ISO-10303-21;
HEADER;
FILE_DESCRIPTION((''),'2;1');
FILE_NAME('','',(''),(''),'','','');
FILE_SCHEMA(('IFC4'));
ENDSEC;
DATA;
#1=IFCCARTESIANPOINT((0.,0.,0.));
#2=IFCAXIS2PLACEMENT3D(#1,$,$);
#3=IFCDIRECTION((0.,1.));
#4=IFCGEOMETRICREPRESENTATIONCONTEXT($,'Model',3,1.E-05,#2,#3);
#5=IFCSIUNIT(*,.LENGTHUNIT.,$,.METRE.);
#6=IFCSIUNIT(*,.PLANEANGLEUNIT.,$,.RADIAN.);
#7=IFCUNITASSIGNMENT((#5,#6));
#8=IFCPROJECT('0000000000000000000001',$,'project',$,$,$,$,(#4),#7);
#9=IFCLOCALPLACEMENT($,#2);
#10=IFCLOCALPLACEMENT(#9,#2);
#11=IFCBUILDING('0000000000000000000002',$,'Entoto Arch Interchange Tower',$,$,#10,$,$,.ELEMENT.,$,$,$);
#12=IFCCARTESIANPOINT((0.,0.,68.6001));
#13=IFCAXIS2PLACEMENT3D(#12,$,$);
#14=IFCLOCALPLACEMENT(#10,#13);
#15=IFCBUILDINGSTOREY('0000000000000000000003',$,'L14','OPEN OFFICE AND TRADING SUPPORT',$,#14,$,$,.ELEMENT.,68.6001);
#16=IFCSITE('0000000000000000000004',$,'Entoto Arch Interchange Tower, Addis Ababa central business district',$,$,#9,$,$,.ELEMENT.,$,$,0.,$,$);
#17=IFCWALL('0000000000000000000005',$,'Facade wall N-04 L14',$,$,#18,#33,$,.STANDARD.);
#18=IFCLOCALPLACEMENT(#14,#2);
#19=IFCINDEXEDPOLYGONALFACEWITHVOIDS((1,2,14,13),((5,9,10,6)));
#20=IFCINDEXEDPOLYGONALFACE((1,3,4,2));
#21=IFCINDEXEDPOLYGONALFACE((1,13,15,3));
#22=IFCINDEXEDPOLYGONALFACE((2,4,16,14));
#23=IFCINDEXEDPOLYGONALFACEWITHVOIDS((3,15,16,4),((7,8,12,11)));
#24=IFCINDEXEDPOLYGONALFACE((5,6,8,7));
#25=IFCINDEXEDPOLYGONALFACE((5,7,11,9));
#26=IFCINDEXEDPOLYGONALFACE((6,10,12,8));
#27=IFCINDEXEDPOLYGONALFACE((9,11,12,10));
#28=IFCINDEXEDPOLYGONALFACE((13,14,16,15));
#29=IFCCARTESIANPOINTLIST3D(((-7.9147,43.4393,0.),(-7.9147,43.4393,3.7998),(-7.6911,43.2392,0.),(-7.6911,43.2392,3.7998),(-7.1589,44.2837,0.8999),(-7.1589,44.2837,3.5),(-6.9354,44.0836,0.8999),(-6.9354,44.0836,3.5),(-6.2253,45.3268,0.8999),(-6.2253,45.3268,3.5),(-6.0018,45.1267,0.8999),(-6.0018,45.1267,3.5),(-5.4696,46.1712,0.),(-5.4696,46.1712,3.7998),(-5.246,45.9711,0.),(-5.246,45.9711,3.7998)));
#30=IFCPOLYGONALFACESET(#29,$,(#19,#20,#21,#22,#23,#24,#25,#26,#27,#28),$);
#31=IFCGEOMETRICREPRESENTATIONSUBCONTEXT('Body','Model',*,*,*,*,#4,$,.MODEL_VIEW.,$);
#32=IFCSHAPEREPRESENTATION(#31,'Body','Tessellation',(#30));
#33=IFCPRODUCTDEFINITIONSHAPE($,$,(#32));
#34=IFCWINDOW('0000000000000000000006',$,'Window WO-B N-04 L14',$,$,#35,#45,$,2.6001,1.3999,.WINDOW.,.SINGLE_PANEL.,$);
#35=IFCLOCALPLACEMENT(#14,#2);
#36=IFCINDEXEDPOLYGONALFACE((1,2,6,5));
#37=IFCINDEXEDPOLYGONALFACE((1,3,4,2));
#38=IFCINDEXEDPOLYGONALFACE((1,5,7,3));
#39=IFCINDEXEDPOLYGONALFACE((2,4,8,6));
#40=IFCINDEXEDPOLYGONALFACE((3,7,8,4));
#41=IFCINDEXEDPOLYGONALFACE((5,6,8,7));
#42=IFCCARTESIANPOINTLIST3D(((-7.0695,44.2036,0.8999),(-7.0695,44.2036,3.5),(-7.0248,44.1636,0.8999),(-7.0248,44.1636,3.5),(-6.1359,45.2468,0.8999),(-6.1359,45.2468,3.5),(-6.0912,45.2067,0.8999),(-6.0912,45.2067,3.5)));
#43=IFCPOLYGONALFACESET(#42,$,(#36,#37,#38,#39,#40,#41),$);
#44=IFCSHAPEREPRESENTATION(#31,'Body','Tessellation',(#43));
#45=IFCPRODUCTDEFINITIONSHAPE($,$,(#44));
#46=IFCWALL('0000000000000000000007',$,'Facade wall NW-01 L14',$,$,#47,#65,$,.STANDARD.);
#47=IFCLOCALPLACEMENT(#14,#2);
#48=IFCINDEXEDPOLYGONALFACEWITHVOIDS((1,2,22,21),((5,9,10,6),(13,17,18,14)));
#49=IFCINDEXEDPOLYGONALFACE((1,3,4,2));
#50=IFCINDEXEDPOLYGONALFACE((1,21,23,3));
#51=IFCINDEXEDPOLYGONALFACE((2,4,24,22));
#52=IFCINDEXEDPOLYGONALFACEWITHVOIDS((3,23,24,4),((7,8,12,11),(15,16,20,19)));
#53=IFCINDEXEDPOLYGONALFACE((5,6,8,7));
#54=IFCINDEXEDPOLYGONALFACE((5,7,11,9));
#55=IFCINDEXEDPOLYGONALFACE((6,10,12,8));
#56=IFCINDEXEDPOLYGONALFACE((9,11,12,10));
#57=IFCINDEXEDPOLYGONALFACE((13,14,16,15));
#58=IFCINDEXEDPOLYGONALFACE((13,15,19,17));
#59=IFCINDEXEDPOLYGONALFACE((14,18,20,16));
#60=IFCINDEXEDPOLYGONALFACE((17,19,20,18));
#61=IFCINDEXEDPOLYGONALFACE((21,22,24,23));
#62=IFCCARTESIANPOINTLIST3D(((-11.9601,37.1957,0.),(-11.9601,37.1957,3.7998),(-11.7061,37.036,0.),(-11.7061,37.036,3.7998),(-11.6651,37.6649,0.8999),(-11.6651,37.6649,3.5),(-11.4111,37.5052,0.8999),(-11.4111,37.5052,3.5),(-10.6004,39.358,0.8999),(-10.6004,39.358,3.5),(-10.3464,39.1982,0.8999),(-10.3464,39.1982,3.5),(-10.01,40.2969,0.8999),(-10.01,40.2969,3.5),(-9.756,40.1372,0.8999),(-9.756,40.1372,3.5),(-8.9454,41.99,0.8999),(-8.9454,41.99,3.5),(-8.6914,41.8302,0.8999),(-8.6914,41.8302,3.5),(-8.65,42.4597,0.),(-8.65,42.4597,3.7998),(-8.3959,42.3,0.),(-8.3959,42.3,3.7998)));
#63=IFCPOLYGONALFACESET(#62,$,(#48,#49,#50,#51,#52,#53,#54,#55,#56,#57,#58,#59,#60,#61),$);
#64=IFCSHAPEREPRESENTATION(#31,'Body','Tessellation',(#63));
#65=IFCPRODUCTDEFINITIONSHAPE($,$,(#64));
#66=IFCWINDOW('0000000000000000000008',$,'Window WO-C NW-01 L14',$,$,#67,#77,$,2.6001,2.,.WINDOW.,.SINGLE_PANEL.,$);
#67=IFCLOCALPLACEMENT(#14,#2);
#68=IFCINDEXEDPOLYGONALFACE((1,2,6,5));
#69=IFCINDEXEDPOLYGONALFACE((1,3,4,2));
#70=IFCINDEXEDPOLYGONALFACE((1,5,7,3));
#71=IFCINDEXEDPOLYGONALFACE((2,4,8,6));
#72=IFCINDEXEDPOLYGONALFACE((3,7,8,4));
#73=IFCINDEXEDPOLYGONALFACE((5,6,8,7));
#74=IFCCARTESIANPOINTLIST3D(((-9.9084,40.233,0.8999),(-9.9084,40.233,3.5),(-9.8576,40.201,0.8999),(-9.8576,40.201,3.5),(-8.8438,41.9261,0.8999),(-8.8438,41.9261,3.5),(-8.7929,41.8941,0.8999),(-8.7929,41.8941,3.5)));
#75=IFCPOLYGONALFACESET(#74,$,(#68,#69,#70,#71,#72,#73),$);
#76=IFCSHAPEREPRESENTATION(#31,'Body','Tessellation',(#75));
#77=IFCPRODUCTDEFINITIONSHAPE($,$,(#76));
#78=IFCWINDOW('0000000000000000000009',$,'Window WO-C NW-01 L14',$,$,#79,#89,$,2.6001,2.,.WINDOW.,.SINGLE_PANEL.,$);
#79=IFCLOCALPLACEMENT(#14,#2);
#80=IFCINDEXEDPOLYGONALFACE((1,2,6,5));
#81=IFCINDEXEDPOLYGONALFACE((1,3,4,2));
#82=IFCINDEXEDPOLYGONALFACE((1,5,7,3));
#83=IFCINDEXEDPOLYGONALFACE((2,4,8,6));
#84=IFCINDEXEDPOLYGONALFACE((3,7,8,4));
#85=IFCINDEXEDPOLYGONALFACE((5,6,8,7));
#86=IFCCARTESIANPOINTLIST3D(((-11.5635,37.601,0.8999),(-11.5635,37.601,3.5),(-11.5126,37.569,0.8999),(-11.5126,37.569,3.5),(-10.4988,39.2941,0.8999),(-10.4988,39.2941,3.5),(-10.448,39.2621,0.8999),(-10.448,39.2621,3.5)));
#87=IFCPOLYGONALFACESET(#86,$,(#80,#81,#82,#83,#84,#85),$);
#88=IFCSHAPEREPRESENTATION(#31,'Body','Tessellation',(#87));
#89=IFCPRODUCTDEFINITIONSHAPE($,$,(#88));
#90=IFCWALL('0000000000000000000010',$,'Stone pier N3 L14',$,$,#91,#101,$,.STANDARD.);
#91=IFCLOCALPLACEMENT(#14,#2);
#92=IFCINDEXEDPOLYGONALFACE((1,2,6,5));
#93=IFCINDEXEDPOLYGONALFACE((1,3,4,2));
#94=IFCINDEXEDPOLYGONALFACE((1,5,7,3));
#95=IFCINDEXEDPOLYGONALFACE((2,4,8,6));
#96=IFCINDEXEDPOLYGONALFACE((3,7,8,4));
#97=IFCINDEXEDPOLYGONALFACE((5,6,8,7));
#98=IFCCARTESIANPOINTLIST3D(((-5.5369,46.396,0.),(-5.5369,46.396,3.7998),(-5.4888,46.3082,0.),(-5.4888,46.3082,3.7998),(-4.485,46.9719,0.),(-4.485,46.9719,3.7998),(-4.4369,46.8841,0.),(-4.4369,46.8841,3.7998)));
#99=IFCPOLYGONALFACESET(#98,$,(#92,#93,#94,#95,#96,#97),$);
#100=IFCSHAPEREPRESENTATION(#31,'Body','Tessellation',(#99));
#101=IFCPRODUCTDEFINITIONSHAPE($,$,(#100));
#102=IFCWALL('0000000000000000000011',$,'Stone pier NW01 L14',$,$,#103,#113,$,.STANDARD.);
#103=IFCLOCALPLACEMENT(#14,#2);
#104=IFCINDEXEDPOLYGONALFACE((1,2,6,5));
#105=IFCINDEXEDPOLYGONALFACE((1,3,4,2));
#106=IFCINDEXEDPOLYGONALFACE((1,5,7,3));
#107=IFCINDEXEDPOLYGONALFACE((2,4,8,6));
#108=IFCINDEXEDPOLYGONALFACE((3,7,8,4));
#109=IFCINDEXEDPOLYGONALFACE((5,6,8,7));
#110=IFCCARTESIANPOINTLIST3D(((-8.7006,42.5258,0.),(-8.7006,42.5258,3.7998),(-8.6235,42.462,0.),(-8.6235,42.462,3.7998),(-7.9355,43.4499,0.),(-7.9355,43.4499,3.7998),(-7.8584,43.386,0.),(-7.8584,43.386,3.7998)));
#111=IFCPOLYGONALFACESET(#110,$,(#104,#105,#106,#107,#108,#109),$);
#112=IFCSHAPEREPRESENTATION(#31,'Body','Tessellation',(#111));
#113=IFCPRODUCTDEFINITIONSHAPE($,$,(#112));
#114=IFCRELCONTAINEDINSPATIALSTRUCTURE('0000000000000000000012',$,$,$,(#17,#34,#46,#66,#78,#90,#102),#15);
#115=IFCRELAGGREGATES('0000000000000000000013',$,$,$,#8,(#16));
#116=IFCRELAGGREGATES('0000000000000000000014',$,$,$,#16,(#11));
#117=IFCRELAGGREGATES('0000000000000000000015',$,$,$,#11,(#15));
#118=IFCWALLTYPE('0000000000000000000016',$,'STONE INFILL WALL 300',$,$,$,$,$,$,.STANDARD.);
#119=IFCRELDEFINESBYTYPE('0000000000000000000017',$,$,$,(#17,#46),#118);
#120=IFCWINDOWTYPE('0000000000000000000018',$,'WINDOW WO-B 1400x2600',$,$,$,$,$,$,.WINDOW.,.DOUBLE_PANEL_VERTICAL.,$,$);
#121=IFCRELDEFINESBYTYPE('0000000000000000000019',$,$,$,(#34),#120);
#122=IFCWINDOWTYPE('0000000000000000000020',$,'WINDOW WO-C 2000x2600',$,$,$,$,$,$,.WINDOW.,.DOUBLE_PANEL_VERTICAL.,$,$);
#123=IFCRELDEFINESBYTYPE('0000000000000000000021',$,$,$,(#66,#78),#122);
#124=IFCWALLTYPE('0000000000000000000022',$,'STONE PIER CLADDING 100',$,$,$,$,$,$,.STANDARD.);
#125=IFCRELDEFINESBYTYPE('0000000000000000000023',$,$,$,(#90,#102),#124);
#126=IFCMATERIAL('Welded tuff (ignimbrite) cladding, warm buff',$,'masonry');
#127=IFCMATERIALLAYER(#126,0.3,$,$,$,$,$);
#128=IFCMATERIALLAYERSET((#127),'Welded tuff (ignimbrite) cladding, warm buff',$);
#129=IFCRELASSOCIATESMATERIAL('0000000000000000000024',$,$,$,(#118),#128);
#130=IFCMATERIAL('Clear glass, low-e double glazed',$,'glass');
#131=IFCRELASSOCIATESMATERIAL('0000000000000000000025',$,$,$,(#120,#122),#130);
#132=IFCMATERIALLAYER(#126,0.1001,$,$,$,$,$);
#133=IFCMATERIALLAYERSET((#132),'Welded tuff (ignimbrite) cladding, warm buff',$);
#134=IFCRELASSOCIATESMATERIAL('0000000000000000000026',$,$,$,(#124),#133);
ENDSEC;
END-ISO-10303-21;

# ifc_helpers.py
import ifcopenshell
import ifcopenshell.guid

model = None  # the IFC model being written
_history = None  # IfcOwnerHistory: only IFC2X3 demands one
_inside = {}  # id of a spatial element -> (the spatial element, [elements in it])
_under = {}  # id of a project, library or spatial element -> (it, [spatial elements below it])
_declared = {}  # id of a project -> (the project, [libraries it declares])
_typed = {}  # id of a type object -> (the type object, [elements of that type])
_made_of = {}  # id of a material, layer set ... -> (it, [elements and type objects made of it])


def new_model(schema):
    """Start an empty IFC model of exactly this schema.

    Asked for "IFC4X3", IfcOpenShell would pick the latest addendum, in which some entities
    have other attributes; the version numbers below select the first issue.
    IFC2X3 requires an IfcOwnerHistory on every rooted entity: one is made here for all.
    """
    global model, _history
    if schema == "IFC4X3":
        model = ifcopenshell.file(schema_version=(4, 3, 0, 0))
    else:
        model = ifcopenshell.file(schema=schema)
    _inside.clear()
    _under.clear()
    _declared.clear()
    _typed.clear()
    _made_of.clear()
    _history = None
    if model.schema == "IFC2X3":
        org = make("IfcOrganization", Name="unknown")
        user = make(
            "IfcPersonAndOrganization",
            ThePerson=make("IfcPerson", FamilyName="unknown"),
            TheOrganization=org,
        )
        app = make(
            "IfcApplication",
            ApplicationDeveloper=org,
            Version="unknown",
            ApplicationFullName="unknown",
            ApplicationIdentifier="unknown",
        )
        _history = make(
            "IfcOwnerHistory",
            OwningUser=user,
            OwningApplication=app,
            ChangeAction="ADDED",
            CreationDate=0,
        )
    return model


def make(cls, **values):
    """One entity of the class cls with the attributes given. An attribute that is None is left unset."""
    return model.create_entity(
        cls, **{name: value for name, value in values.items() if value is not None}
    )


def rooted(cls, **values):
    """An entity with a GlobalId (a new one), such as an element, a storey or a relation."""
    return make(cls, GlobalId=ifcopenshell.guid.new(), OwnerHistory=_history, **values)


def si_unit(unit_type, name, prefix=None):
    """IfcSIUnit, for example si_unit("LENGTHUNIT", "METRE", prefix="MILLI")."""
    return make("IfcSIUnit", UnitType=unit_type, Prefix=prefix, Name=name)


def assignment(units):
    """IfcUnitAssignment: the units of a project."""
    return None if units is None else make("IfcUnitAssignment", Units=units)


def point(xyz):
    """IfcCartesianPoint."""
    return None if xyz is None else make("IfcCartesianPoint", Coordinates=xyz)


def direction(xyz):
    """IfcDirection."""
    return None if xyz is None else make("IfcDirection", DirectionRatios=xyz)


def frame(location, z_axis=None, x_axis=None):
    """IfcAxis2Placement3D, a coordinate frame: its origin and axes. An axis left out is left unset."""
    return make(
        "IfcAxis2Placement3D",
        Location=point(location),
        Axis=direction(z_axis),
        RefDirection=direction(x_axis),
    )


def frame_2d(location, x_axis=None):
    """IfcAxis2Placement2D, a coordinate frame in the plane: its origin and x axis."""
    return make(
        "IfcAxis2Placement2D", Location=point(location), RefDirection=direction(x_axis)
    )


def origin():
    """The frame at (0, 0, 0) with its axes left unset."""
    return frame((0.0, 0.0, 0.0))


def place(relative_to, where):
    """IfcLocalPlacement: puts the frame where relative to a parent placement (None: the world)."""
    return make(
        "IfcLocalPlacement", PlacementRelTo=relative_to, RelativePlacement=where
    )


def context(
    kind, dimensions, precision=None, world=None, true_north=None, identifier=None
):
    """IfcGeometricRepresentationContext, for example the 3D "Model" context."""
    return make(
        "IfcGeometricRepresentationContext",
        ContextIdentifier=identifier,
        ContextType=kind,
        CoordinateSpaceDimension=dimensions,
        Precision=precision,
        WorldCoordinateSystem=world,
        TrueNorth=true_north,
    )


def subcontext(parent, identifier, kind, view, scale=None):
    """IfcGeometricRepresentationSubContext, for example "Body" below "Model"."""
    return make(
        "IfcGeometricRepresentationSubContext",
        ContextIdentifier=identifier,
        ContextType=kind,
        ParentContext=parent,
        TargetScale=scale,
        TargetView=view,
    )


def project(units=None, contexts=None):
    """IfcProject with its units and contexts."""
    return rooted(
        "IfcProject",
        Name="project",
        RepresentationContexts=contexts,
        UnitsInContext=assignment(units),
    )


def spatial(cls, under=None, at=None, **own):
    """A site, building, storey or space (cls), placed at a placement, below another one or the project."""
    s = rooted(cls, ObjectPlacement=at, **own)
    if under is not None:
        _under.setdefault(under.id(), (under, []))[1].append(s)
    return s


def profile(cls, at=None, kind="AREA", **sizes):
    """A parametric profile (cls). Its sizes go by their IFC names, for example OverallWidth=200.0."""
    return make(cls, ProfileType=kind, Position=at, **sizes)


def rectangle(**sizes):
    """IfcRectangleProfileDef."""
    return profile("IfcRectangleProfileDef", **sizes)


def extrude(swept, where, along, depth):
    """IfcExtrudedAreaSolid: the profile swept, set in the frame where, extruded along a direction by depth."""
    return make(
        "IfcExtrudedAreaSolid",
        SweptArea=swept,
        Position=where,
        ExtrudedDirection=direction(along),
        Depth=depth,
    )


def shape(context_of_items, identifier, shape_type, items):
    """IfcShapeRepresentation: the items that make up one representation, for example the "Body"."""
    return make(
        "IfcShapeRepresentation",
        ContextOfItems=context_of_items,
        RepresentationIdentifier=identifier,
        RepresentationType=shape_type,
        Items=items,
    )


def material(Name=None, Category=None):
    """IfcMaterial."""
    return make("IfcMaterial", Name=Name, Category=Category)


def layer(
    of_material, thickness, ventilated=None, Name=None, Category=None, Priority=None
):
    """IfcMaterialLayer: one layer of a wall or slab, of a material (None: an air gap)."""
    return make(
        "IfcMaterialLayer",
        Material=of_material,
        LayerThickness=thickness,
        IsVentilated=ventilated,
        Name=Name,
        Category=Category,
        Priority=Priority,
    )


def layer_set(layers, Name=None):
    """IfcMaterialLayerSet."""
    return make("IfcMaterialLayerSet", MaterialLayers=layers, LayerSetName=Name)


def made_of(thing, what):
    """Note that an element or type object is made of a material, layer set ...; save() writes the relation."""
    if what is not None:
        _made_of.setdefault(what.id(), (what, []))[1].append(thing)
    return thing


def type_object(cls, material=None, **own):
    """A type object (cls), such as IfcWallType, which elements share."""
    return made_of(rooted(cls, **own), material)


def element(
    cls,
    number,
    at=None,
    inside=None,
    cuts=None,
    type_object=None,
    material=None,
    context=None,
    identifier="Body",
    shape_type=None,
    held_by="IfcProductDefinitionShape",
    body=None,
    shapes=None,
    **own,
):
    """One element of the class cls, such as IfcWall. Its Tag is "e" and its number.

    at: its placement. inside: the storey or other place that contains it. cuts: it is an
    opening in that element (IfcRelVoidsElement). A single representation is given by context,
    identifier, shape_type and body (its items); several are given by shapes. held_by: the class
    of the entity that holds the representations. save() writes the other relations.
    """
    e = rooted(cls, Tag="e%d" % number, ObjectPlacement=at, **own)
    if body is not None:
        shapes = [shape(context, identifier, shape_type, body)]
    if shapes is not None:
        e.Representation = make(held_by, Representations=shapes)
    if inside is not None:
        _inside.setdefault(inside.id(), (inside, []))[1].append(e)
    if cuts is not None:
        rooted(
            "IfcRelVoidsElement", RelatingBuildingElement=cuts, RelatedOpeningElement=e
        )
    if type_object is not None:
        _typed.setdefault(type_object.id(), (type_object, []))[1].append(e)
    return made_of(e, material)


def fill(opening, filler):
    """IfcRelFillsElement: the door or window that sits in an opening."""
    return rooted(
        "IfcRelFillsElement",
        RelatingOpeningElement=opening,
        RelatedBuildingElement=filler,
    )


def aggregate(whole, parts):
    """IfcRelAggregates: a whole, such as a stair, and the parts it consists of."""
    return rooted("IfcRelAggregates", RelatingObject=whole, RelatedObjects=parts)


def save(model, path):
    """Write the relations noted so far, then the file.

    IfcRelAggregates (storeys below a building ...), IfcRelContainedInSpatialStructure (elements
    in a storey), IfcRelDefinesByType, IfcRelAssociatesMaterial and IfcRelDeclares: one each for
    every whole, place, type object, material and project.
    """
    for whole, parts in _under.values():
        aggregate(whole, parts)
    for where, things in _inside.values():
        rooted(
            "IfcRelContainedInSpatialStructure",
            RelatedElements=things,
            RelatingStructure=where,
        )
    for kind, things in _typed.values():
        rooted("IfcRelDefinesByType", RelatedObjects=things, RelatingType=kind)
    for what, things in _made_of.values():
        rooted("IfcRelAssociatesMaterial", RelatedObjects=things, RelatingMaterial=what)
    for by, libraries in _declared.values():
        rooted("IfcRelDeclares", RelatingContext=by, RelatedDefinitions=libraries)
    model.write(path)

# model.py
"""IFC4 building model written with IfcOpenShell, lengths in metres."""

from ifc_helpers import new_model, si_unit, direction, frame, frame_2d, origin, place, context, subcontext, project, spatial, rectangle, extrude, material, layer, layer_set, type_object, element, fill, save


model = new_model("IFC4")

# Units and contexts
model_context = context("Model", 3, precision=1e-05, world=origin(), true_north=direction((0.0, 1.0)))
body_context = subcontext(model_context, "Body", "Model", "MODEL_VIEW")
ifc_project = project(units=[si_unit("LENGTHUNIT", "METRE"), si_unit("PLANEANGLEUNIT", "RADIAN")], contexts=[model_context])

# Site, building, storey
site_placement = place(None, origin())
site = spatial("IfcSite", under=ifc_project, at=site_placement, Name="Entoto Arch Interchange Tower, Addis Ababa central business district", CompositionType="ELEMENT", RefElevation=0.0)
building_placement = place(site_placement, origin())
building = spatial("IfcBuilding", under=site, at=building_placement, Name="Entoto Arch Interchange Tower", CompositionType="ELEMENT")
storey_placement = place(building_placement, frame((0.0, 0.0, 68.6001)))
storey = spatial("IfcBuildingStorey", under=building, at=storey_placement, Name="L14", Description="OPEN OFFICE AND TRADING SUPPORT", CompositionType="ELEMENT", Elevation=68.6001)

# Wall, opening, window
ifc_material_1 = material(Name="Welded tuff (ignimbrite) cladding, warm buff", Category="masonry")
ifc_layer_1 = layer(ifc_material_1, 0.3)
ifc_layer_set_1 = layer_set([ifc_layer_1], Name="Welded tuff (ignimbrite) cladding, warm buff")
wall_type_1 = type_object("IfcWallType", Name="STONE INFILL WALL 300", PredefinedType="STANDARD", material=ifc_layer_set_1)
ifc_material_2 = material(Name="Clear glass, low-e double glazed", Category="glass")
window_type_1 = type_object("IfcWindowType", Name="WINDOW WO-B 1400x2600", PartitioningType="DOUBLE_PANEL_VERTICAL", PredefinedType="WINDOW", material=ifc_material_2)
wall_1_placement = place(storey_placement, frame((-5.3579, 46.071, 0.0), z_axis=(0.0, 0.0, 1.0), x_axis=(-0.666902, -0.745146, 0.0)))
wall_1 = element("IfcWall", 1, at=wall_1_placement, inside=storey, type_object=wall_type_1, Name="Facade wall N-04 L14", PredefinedType="STANDARD", context=body_context, shape_type="SweptSolid", body=[
    extrude(rectangle(XDim=3.6663, YDim=0.3, at=frame_2d((1.833, 0.0))), origin(), (0.0, 0.0, 1.0), 3.7998),
])
opening_1_placement = place(wall_1_placement, frame((1.1331, 0.0, 0.8999)))
opening_1 = element("IfcOpeningElement", 2, at=opening_1_placement, cuts=wall_1, PredefinedType="OPENING", context=body_context, shape_type="SweptSolid", body=[
    extrude(rectangle(XDim=1.3999, YDim=2.6001, at=frame_2d((0.7, 1.3))), frame((0.0, 0.1602, 0.0), z_axis=(0.0, -1.0, 0.0), x_axis=(1.0, 0.0, 0.0)), (0.0, 0.0, 1.0), 0.3201),
])
window_1_placement = place(opening_1_placement, origin())
window_1 = element("IfcWindow", 3, at=window_1_placement, inside=storey, type_object=window_type_1, Name="Window WO-B N-04 L14", OverallHeight=2.6001, OverallWidth=1.3999, PartitioningType="SINGLE_PANEL", PredefinedType="WINDOW", context=body_context, shape_type="SweptSolid", body=[
    extrude(rectangle(XDim=1.3999, YDim=2.6001, at=frame_2d((0.7, 1.3))), frame((0.0, 0.03, 0.0), z_axis=(0.0, -1.0, 0.0), x_axis=(1.0, 0.0, 0.0)), (0.0, 0.0, 1.0), 0.0601),
])
fill(opening_1, window_1)

# Wall, openings, windows
wall_2_placement = place(storey_placement, frame((-8.5229, 42.3799, 0.0), z_axis=(0.0, 0.0, 1.0), x_axis=(-0.532323, -0.846542, 0.0)))
wall_2 = element("IfcWall", 4, at=wall_2_placement, inside=storey, type_object=wall_type_1, Name="Facade wall NW-01 L14", PredefinedType="STANDARD", context=body_context, shape_type="SweptSolid", body=[
    extrude(rectangle(XDim=6.2183, YDim=0.3, at=frame_2d((3.1091, 0.0))), origin(), (0.0, 0.0, 1.0), 3.7998),
])
opening_2_placement = place(wall_2_placement, frame((0.5549, 0.0, 0.8999)))
opening_2 = element("IfcOpeningElement", 5, at=opening_2_placement, cuts=wall_2, PredefinedType="OPENING", context=body_context, shape_type="SweptSolid", body=[
    extrude(rectangle(XDim=2.0, YDim=2.6001, at=frame_2d((1.0, 1.3))), frame((0.0, 0.1602, 0.0), z_axis=(0.0, -1.0, 0.0), x_axis=(1.0, 0.0, 0.0)), (0.0, 0.0, 1.0), 0.3201),
])
opening_3_placement = place(wall_2_placement, frame((3.6641, 0.0, 0.8999)))
opening_3 = element("IfcOpeningElement", 6, at=opening_3_placement, cuts=wall_2, PredefinedType="OPENING", context=body_context, shape_type="SweptSolid", body=[
    extrude(rectangle(XDim=2.0, YDim=2.6001, at=frame_2d((1.0, 1.3))), frame((0.0, 0.1602, 0.0), z_axis=(0.0, -1.0, 0.0), x_axis=(1.0, 0.0, 0.0)), (0.0, 0.0, 1.0), 0.3201),
])
window_type_2 = type_object("IfcWindowType", Name="WINDOW WO-C 2000x2600", PartitioningType="DOUBLE_PANEL_VERTICAL", PredefinedType="WINDOW", material=ifc_material_2)
window_2_placement = place(opening_2_placement, origin())
window_2 = element("IfcWindow", 7, at=window_2_placement, inside=storey, type_object=window_type_2, Name="Window WO-C NW-01 L14", OverallHeight=2.6001, OverallWidth=2.0, PartitioningType="SINGLE_PANEL", PredefinedType="WINDOW", context=body_context, shape_type="SweptSolid", body=[
    extrude(rectangle(XDim=2.0, YDim=2.6001, at=frame_2d((1.0, 1.3))), frame((0.0, 0.03, 0.0), z_axis=(0.0, -1.0, 0.0), x_axis=(1.0, 0.0, 0.0)), (0.0, 0.0, 1.0), 0.0601),
])
fill(opening_2, window_2)
window_3_placement = place(opening_3_placement, origin())
window_3 = element("IfcWindow", 8, at=window_3_placement, inside=storey, type_object=window_type_2, Name="Window WO-C NW-01 L14", OverallHeight=2.6001, OverallWidth=2.0, PartitioningType="SINGLE_PANEL", PredefinedType="WINDOW", context=body_context, shape_type="SweptSolid", body=[
    extrude(rectangle(XDim=2.0, YDim=2.6001, at=frame_2d((1.0, 1.3))), frame((0.0, 0.03, 0.0), z_axis=(0.0, -1.0, 0.0), x_axis=(1.0, 0.0, 0.0)), (0.0, 0.0, 1.0), 0.0601),
])
fill(opening_3, window_3)

# Walls
ifc_layer_2 = layer(ifc_material_1, 0.1001)
ifc_layer_set_2 = layer_set([ifc_layer_2], Name="Welded tuff (ignimbrite) cladding, warm buff")
wall_type_2 = type_object("IfcWallType", Name="STONE PIER CLADDING 100", PredefinedType="STANDARD", material=ifc_layer_set_2)
wall_3_placement = place(storey_placement, frame((-4.4609, 46.928, 0.0), z_axis=(0.0, 0.0, 1.0), x_axis=(-0.877155, -0.480206, 0.0)))
element("IfcWall", 9, at=wall_3_placement, inside=storey, type_object=wall_type_2, Name="Stone pier N3 L14", PredefinedType="STANDARD", context=body_context, shape_type="SweptSolid", body=[
    extrude(rectangle(XDim=1.1992, YDim=0.1001, at=frame_2d((0.5996, 0.0))), origin(), (0.0, 0.0, 1.0), 3.7998),
])
wall_4_placement = place(storey_placement, frame((-7.897, 43.418, 0.0), z_axis=(0.0, 0.0, 1.0), x_axis=(-0.637759, -0.770236, 0.0)))
element("IfcWall", 10, at=wall_4_placement, inside=storey, type_object=wall_type_2, Name="Stone pier NW01 L14", PredefinedType="STANDARD", context=body_context, shape_type="SweptSolid", body=[
    extrude(rectangle(XDim=1.1997, YDim=0.1001, at=frame_2d((0.5999, 0.0))), origin(), (0.0, 0.0, 1.0), 3.7998),
])

save(model, "model.ifc")
